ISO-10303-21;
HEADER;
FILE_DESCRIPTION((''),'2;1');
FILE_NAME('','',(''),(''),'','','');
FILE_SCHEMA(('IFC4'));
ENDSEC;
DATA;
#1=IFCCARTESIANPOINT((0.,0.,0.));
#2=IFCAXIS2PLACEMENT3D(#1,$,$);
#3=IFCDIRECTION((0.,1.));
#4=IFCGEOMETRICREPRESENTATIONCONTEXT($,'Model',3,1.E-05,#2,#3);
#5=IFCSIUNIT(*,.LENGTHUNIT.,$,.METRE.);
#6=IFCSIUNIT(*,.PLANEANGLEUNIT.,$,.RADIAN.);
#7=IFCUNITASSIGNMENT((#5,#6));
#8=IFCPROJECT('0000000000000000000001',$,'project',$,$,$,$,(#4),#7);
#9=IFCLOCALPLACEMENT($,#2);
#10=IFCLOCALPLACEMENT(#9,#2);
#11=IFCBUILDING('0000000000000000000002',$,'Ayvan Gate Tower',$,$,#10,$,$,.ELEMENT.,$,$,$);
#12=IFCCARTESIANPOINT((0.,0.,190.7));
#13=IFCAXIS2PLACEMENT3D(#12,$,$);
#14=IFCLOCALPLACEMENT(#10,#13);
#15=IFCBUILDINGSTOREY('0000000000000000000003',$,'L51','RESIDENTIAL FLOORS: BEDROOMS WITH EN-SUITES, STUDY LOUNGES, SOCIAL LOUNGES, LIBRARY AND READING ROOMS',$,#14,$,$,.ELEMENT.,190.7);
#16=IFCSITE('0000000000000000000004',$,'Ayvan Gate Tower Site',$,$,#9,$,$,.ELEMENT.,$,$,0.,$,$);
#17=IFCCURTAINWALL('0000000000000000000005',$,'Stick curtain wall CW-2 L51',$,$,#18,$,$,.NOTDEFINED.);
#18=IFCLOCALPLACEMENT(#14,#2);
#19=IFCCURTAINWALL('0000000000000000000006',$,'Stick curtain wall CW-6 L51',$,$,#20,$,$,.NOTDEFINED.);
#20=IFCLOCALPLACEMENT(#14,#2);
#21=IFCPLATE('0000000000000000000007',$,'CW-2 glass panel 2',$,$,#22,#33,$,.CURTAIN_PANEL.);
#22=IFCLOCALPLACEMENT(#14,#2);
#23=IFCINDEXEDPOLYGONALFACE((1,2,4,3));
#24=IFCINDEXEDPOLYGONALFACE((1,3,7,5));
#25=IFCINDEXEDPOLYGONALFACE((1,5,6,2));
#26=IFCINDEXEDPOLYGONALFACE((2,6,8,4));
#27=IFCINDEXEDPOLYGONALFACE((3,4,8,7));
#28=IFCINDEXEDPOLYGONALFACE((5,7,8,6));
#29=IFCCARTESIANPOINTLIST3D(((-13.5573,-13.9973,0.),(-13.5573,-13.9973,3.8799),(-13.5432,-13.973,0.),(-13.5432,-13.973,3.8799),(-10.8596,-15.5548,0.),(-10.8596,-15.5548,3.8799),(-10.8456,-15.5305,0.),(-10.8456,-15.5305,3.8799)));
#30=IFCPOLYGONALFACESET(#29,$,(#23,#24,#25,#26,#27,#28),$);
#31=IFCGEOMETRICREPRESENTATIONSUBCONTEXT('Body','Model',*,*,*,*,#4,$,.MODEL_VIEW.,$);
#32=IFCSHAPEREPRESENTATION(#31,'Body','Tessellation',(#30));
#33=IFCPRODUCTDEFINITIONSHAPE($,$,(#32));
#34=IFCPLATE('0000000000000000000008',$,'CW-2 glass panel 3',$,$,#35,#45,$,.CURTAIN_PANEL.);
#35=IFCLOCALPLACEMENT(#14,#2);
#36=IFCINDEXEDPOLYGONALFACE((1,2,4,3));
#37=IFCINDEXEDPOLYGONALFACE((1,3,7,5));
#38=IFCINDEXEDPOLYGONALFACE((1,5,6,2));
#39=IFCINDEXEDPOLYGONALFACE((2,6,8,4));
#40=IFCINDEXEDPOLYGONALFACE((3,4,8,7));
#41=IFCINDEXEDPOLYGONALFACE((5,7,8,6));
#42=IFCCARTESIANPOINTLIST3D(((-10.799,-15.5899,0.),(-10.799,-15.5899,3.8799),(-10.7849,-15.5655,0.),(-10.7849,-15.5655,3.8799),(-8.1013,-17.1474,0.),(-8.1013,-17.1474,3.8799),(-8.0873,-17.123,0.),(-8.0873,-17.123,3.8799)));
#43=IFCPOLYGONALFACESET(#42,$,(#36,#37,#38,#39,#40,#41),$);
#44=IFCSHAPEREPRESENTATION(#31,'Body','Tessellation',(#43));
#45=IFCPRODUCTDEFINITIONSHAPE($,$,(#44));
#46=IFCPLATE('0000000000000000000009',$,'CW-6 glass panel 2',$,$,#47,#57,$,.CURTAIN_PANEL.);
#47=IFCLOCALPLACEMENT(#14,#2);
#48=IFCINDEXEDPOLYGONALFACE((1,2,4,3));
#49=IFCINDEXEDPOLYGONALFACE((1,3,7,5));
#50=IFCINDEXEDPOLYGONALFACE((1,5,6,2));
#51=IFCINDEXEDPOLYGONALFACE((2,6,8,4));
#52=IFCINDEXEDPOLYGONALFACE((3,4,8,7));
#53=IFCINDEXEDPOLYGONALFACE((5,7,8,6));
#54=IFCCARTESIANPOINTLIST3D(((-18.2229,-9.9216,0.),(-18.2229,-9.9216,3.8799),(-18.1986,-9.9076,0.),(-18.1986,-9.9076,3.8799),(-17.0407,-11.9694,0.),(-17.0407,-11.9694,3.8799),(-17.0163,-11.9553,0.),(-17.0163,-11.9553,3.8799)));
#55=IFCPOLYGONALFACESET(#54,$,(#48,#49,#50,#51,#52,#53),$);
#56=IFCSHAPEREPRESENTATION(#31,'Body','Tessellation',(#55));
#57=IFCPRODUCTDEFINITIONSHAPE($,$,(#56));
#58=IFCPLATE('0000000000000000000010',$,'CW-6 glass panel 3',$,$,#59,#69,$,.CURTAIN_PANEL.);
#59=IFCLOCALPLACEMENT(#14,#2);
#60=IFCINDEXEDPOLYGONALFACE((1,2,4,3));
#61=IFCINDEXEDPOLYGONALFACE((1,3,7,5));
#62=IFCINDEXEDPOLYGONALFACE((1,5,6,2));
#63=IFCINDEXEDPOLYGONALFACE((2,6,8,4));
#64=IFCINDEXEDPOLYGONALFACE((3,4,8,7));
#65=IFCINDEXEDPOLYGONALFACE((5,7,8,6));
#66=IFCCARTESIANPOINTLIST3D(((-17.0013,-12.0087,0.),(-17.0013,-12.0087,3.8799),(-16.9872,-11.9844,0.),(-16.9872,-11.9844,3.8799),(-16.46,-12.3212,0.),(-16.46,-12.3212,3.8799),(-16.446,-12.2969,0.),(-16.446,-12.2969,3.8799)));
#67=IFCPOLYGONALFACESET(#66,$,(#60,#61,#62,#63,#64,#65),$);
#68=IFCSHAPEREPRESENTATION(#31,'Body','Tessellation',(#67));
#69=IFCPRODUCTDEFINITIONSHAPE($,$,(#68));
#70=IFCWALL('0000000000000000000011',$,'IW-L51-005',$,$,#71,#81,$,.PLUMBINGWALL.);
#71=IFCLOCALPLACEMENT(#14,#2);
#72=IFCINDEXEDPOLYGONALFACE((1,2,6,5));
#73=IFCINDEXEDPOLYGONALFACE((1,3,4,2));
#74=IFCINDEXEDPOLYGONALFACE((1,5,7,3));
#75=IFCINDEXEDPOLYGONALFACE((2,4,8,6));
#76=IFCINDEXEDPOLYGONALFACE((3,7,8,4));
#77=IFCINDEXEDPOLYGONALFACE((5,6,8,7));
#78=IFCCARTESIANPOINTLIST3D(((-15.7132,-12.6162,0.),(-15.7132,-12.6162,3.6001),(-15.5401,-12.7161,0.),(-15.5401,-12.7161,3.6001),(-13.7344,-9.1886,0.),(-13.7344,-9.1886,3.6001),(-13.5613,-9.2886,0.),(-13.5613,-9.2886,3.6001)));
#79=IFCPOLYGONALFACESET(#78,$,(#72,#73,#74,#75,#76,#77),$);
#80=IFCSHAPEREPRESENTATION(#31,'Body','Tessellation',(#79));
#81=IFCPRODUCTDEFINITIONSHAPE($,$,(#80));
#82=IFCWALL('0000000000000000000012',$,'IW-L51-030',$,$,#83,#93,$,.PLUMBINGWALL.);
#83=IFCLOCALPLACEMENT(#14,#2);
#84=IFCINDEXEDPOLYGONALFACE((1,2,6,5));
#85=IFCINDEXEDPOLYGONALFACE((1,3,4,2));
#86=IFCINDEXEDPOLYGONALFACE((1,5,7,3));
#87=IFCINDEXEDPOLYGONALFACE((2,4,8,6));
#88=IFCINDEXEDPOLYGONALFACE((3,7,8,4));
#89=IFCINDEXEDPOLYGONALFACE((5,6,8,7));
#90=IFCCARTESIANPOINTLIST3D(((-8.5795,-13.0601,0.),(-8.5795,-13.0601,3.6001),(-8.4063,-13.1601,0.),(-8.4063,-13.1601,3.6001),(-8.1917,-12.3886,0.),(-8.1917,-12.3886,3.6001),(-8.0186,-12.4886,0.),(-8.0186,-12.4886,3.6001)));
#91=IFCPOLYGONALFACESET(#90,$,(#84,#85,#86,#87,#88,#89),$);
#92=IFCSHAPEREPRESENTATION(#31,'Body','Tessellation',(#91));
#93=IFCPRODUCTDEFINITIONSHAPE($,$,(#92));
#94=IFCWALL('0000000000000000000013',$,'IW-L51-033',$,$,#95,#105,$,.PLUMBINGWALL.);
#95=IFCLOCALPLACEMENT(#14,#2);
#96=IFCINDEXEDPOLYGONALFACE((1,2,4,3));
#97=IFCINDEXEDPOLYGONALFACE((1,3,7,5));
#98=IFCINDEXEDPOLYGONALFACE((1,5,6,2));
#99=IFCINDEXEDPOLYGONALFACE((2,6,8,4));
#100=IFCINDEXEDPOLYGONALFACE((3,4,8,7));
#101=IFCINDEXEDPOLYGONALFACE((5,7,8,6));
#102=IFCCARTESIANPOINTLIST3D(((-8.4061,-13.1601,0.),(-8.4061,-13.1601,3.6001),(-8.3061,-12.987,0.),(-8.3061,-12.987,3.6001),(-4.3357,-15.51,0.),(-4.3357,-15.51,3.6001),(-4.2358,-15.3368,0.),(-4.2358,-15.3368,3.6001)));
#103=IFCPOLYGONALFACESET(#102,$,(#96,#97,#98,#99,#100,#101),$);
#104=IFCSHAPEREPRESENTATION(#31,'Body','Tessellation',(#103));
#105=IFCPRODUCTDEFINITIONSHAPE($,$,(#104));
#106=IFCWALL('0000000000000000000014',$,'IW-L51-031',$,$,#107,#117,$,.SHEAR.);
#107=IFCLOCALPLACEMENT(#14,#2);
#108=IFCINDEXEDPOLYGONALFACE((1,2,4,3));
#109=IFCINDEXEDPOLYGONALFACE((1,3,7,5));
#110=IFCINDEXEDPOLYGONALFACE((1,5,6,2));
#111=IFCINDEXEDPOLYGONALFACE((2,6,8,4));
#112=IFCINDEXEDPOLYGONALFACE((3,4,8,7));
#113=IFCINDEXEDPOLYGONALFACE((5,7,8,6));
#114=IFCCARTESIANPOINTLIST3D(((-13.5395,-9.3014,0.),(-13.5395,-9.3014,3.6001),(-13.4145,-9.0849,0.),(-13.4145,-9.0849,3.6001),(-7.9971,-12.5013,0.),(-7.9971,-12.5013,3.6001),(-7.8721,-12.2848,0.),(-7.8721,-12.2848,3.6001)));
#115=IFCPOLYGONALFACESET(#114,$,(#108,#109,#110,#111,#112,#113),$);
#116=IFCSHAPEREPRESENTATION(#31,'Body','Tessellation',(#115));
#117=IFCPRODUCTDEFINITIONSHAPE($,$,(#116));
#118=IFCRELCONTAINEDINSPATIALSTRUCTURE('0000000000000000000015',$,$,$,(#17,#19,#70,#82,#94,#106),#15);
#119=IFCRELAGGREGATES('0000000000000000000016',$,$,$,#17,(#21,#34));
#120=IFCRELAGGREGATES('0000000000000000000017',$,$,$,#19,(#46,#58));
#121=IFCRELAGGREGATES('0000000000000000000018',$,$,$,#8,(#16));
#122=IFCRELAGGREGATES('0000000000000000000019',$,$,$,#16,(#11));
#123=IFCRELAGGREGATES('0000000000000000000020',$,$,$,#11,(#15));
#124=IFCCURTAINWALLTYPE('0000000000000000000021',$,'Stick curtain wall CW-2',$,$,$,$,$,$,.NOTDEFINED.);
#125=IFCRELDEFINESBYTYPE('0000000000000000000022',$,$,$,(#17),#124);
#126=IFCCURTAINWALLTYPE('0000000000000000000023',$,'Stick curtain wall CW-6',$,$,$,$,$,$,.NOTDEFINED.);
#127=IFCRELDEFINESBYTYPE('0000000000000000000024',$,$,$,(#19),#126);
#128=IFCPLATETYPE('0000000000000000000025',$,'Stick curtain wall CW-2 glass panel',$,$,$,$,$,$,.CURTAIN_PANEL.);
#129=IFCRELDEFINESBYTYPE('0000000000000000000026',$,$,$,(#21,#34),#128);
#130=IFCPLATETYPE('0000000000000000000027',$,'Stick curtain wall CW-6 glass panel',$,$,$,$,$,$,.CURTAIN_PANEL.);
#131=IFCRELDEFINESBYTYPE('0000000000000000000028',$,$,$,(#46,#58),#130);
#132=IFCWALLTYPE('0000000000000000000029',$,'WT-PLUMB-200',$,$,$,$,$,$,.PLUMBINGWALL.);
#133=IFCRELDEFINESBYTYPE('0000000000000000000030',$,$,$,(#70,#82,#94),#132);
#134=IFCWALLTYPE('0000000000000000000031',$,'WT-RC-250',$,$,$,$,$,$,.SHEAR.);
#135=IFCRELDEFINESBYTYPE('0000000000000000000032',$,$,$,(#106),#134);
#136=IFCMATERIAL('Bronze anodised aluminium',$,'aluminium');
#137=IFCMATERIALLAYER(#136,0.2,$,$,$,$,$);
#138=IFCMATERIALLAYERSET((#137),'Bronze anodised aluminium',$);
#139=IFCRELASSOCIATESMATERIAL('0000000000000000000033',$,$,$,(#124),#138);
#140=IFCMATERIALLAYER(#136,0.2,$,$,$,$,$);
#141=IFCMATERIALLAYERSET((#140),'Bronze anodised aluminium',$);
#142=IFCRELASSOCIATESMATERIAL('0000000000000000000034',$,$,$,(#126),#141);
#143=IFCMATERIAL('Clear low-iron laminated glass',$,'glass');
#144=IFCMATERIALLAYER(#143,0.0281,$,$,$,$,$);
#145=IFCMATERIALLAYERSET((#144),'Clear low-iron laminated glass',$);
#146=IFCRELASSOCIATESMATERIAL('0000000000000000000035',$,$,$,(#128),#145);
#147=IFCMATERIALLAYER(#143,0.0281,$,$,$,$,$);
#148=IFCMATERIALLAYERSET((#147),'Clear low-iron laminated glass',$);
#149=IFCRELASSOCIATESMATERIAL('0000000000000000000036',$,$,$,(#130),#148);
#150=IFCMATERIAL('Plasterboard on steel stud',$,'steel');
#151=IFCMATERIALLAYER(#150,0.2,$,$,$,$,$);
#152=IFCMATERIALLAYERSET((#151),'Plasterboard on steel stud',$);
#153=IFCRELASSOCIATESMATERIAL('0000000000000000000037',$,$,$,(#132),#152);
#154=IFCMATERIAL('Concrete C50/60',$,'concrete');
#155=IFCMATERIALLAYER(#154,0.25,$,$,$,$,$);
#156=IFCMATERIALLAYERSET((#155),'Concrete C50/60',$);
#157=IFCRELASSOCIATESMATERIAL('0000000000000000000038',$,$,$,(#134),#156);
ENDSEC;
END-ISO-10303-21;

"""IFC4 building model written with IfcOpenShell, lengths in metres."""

from ifc_helpers import new_model, si_unit, direction, frame, frame_2d, origin, origin_2d, place, context, subcontext, project, spatial, rectangle, extrude, material, layer, layer_set, type_object, element, aggregate, save


model = new_model("IFC4")

# Units and contexts
model_context = context("Model", 3, precision=1e-05, world=origin(), true_north=direction((0.0, 1.0)))
body_context = subcontext(model_context, "Body", "Model", "MODEL_VIEW")
ifc_project = project(units=[si_unit("LENGTHUNIT", "METRE"), si_unit("PLANEANGLEUNIT", "RADIAN")], contexts=[model_context])

# Site, building, storey
site_placement = place(None, origin())
site = spatial("IfcSite", under=ifc_project, at=site_placement, Name="Ayvan Gate Tower Site", CompositionType="ELEMENT", RefElevation=0.0)
building_placement = place(site_placement, origin())
building = spatial("IfcBuilding", under=site, at=building_placement, Name="Ayvan Gate Tower", CompositionType="ELEMENT")
storey_placement = place(building_placement, frame((0.0, 0.0, 190.7)))
storey = spatial("IfcBuildingStorey", under=building, at=storey_placement, Name="L51", Description="RESIDENTIAL FLOORS: BEDROOMS WITH EN-SUITES, STUDY LOUNGES, SOCIAL LOUNGES, LIBRARY AND READING ROOMS", CompositionType="ELEMENT", Elevation=190.7)

# Curtain walls
ifc_material_1 = material(Name="Bronze anodised aluminium", Category="aluminium")
ifc_layer_1 = layer(ifc_material_1, 0.2)
ifc_layer_set_1 = layer_set([ifc_layer_1], Name="Bronze anodised aluminium")
curtain_wall_type_1 = type_object("IfcCurtainWallType", Name="Stick curtain wall CW-2", PredefinedType="NOTDEFINED", material=ifc_layer_set_1)
curtain_wall_1_placement = place(storey_placement, origin())
curtain_wall_1 = element("IfcCurtainWall", 1, at=curtain_wall_1_placement, inside=storey, type_object=curtain_wall_type_1, Name="Stick curtain wall CW-2 L51", PredefinedType="NOTDEFINED")
ifc_layer_2 = layer(ifc_material_1, 0.2)
ifc_layer_set_2 = layer_set([ifc_layer_2], Name="Bronze anodised aluminium")
curtain_wall_type_2 = type_object("IfcCurtainWallType", Name="Stick curtain wall CW-6", PredefinedType="NOTDEFINED", material=ifc_layer_set_2)
curtain_wall_2_placement = place(storey_placement, origin())
curtain_wall_2 = element("IfcCurtainWall", 2, at=curtain_wall_2_placement, inside=storey, type_object=curtain_wall_type_2, Name="Stick curtain wall CW-6 L51", PredefinedType="NOTDEFINED")

# Plates
ifc_material_2 = material(Name="Clear low-iron laminated glass", Category="glass")
ifc_layer_3 = layer(ifc_material_2, 0.0281)
ifc_layer_set_3 = layer_set([ifc_layer_3], Name="Clear low-iron laminated glass")
plate_type_1 = type_object("IfcPlateType", Name="Stick curtain wall CW-2 glass panel", PredefinedType="CURTAIN_PANEL", material=ifc_layer_set_3)
plate_1_placement = place(storey_placement, frame((-12.2014, -14.7639, 0.0), z_axis=(0.0, 0.0, 1.0), x_axis=(0.866025, -0.5, 0.0)))
plate_1 = element("IfcPlate", 3, at=plate_1_placement, type_object=plate_type_1, Name="CW-2 glass panel 2", PredefinedType="CURTAIN_PANEL", context=body_context, shape_type="SweptSolid", body=[
    extrude(rectangle(XDim=3.115, YDim=0.0281, at=origin_2d()), origin(), (0.0, 0.0, 1.0), 3.8799),
])
plate_2_placement = place(storey_placement, frame((-9.4431, -16.3564, 0.0), z_axis=(0.0, 0.0, 1.0), x_axis=(0.866025, -0.5, 0.0)))
plate_2 = element("IfcPlate", 4, at=plate_2_placement, type_object=plate_type_1, Name="CW-2 glass panel 3", PredefinedType="CURTAIN_PANEL", context=body_context, shape_type="SweptSolid", body=[
    extrude(rectangle(XDim=3.115, YDim=0.0281, at=origin_2d()), origin(), (0.0, 0.0, 1.0), 3.8799),
])
aggregate(curtain_wall_1, [plate_1, plate_2])
ifc_layer_4 = layer(ifc_material_2, 0.0281)
ifc_layer_set_4 = layer_set([ifc_layer_4], Name="Clear low-iron laminated glass")
plate_type_2 = type_object("IfcPlateType", Name="Stick curtain wall CW-6 glass panel", PredefinedType="CURTAIN_PANEL", material=ifc_layer_set_4)
plate_3_placement = place(storey_placement, frame((-17.6196, -10.9385, 0.0), z_axis=(0.0, 0.0, 1.0), x_axis=(0.5, -0.866025, 0.0)))
plate_3 = element("IfcPlate", 5, at=plate_3_placement, type_object=plate_type_2, Name="CW-6 glass panel 2", PredefinedType="CURTAIN_PANEL", context=body_context, shape_type="SweptSolid", body=[
    extrude(rectangle(XDim=2.3645, YDim=0.0281, at=origin_2d()), origin(), (0.0, 0.0, 1.0), 3.8799),
])
plate_4_placement = place(storey_placement, frame((-16.7236, -12.1528, 0.0), z_axis=(0.0, 0.0, 1.0), x_axis=(0.866025, -0.5, 0.0)))
plate_4 = element("IfcPlate", 6, at=plate_4_placement, type_object=plate_type_2, Name="CW-6 glass panel 3", PredefinedType="CURTAIN_PANEL", context=body_context, shape_type="SweptSolid", body=[
    extrude(rectangle(XDim=0.625, YDim=0.0281, at=origin_2d()), origin(), (0.0, 0.0, 1.0), 3.8799),
])
aggregate(curtain_wall_2, [plate_3, plate_4])

# Walls
ifc_material_3 = material(Name="Plasterboard on steel stud", Category="steel")
ifc_layer_5 = layer(ifc_material_3, 0.2)
ifc_layer_set_5 = layer_set([ifc_layer_5], Name="Plasterboard on steel stud")
wall_type_1 = type_object("IfcWallType", Name="WT-PLUMB-200", PredefinedType="PLUMBINGWALL", material=ifc_layer_set_5)
wall_1_placement = place(storey_placement, frame((-15.6267, -12.6663, 0.0), z_axis=(0.0, 0.0, 1.0), x_axis=(0.499981, 0.866037, 0.0)))
element("IfcWall", 7, at=wall_1_placement, inside=storey, type_object=wall_type_1, Name="IW-L51-005", PredefinedType="PLUMBINGWALL", context=body_context, shape_type="SweptSolid", body=[
    extrude(rectangle(XDim=3.9578, YDim=0.2, at=frame_2d((1.979, 0.0))), origin(), (0.0, 0.0, 1.0), 3.6001),
])
wall_2_placement = place(storey_placement, frame((-8.4929, -13.1101, 0.0), z_axis=(0.0, 0.0, 1.0), x_axis=(0.500068, 0.865986, 0.0)))
element("IfcWall", 8, at=wall_2_placement, inside=storey, type_object=wall_type_1, Name="IW-L51-030", PredefinedType="PLUMBINGWALL", context=body_context, shape_type="SweptSolid", body=[
    extrude(rectangle(XDim=0.7754, YDim=0.2, at=frame_2d((0.3877, 0.0))), origin(), (0.0, 0.0, 1.0), 3.6001),
])
wall_3_placement = place(storey_placement, frame((-8.3562, -13.0735, 0.0), z_axis=(0.0, 0.0, 1.0), x_axis=(0.866039, -0.499977, 0.0)))
element("IfcWall", 9, at=wall_3_placement, inside=storey, type_object=wall_type_1, Name="IW-L51-033", PredefinedType="PLUMBINGWALL", context=body_context, shape_type="SweptSolid", body=[
    extrude(rectangle(XDim=4.7, YDim=0.2, at=frame_2d((2.3501, 0.0))), origin(), (0.0, 0.0, 1.0), 3.6001),
])
ifc_material_4 = material(Name="Concrete C50/60", Category="concrete")
ifc_layer_6 = layer(ifc_material_4, 0.25)
ifc_layer_set_6 = layer_set([ifc_layer_6], Name="Concrete C50/60")
wall_type_2 = type_object("IfcWallType", Name="WT-RC-250", PredefinedType="SHEAR", material=ifc_layer_set_6)
wall_4_placement = place(storey_placement, frame((-7.9346, -12.3931, 0.0), z_axis=(0.0, 0.0, 1.0), x_axis=(-0.866025, 0.5, 0.0)))
element("IfcWall", 10, at=wall_4_placement, inside=storey, type_object=wall_type_2, Name="IW-L51-031", PredefinedType="SHEAR", context=body_context, shape_type="SweptSolid", body=[
    extrude(rectangle(XDim=6.3999, YDim=0.25, at=frame_2d((3.2, 0.0))), origin(), (0.0, 0.0, 1.0), 3.6001),
])

save(model, "model.ifc")
